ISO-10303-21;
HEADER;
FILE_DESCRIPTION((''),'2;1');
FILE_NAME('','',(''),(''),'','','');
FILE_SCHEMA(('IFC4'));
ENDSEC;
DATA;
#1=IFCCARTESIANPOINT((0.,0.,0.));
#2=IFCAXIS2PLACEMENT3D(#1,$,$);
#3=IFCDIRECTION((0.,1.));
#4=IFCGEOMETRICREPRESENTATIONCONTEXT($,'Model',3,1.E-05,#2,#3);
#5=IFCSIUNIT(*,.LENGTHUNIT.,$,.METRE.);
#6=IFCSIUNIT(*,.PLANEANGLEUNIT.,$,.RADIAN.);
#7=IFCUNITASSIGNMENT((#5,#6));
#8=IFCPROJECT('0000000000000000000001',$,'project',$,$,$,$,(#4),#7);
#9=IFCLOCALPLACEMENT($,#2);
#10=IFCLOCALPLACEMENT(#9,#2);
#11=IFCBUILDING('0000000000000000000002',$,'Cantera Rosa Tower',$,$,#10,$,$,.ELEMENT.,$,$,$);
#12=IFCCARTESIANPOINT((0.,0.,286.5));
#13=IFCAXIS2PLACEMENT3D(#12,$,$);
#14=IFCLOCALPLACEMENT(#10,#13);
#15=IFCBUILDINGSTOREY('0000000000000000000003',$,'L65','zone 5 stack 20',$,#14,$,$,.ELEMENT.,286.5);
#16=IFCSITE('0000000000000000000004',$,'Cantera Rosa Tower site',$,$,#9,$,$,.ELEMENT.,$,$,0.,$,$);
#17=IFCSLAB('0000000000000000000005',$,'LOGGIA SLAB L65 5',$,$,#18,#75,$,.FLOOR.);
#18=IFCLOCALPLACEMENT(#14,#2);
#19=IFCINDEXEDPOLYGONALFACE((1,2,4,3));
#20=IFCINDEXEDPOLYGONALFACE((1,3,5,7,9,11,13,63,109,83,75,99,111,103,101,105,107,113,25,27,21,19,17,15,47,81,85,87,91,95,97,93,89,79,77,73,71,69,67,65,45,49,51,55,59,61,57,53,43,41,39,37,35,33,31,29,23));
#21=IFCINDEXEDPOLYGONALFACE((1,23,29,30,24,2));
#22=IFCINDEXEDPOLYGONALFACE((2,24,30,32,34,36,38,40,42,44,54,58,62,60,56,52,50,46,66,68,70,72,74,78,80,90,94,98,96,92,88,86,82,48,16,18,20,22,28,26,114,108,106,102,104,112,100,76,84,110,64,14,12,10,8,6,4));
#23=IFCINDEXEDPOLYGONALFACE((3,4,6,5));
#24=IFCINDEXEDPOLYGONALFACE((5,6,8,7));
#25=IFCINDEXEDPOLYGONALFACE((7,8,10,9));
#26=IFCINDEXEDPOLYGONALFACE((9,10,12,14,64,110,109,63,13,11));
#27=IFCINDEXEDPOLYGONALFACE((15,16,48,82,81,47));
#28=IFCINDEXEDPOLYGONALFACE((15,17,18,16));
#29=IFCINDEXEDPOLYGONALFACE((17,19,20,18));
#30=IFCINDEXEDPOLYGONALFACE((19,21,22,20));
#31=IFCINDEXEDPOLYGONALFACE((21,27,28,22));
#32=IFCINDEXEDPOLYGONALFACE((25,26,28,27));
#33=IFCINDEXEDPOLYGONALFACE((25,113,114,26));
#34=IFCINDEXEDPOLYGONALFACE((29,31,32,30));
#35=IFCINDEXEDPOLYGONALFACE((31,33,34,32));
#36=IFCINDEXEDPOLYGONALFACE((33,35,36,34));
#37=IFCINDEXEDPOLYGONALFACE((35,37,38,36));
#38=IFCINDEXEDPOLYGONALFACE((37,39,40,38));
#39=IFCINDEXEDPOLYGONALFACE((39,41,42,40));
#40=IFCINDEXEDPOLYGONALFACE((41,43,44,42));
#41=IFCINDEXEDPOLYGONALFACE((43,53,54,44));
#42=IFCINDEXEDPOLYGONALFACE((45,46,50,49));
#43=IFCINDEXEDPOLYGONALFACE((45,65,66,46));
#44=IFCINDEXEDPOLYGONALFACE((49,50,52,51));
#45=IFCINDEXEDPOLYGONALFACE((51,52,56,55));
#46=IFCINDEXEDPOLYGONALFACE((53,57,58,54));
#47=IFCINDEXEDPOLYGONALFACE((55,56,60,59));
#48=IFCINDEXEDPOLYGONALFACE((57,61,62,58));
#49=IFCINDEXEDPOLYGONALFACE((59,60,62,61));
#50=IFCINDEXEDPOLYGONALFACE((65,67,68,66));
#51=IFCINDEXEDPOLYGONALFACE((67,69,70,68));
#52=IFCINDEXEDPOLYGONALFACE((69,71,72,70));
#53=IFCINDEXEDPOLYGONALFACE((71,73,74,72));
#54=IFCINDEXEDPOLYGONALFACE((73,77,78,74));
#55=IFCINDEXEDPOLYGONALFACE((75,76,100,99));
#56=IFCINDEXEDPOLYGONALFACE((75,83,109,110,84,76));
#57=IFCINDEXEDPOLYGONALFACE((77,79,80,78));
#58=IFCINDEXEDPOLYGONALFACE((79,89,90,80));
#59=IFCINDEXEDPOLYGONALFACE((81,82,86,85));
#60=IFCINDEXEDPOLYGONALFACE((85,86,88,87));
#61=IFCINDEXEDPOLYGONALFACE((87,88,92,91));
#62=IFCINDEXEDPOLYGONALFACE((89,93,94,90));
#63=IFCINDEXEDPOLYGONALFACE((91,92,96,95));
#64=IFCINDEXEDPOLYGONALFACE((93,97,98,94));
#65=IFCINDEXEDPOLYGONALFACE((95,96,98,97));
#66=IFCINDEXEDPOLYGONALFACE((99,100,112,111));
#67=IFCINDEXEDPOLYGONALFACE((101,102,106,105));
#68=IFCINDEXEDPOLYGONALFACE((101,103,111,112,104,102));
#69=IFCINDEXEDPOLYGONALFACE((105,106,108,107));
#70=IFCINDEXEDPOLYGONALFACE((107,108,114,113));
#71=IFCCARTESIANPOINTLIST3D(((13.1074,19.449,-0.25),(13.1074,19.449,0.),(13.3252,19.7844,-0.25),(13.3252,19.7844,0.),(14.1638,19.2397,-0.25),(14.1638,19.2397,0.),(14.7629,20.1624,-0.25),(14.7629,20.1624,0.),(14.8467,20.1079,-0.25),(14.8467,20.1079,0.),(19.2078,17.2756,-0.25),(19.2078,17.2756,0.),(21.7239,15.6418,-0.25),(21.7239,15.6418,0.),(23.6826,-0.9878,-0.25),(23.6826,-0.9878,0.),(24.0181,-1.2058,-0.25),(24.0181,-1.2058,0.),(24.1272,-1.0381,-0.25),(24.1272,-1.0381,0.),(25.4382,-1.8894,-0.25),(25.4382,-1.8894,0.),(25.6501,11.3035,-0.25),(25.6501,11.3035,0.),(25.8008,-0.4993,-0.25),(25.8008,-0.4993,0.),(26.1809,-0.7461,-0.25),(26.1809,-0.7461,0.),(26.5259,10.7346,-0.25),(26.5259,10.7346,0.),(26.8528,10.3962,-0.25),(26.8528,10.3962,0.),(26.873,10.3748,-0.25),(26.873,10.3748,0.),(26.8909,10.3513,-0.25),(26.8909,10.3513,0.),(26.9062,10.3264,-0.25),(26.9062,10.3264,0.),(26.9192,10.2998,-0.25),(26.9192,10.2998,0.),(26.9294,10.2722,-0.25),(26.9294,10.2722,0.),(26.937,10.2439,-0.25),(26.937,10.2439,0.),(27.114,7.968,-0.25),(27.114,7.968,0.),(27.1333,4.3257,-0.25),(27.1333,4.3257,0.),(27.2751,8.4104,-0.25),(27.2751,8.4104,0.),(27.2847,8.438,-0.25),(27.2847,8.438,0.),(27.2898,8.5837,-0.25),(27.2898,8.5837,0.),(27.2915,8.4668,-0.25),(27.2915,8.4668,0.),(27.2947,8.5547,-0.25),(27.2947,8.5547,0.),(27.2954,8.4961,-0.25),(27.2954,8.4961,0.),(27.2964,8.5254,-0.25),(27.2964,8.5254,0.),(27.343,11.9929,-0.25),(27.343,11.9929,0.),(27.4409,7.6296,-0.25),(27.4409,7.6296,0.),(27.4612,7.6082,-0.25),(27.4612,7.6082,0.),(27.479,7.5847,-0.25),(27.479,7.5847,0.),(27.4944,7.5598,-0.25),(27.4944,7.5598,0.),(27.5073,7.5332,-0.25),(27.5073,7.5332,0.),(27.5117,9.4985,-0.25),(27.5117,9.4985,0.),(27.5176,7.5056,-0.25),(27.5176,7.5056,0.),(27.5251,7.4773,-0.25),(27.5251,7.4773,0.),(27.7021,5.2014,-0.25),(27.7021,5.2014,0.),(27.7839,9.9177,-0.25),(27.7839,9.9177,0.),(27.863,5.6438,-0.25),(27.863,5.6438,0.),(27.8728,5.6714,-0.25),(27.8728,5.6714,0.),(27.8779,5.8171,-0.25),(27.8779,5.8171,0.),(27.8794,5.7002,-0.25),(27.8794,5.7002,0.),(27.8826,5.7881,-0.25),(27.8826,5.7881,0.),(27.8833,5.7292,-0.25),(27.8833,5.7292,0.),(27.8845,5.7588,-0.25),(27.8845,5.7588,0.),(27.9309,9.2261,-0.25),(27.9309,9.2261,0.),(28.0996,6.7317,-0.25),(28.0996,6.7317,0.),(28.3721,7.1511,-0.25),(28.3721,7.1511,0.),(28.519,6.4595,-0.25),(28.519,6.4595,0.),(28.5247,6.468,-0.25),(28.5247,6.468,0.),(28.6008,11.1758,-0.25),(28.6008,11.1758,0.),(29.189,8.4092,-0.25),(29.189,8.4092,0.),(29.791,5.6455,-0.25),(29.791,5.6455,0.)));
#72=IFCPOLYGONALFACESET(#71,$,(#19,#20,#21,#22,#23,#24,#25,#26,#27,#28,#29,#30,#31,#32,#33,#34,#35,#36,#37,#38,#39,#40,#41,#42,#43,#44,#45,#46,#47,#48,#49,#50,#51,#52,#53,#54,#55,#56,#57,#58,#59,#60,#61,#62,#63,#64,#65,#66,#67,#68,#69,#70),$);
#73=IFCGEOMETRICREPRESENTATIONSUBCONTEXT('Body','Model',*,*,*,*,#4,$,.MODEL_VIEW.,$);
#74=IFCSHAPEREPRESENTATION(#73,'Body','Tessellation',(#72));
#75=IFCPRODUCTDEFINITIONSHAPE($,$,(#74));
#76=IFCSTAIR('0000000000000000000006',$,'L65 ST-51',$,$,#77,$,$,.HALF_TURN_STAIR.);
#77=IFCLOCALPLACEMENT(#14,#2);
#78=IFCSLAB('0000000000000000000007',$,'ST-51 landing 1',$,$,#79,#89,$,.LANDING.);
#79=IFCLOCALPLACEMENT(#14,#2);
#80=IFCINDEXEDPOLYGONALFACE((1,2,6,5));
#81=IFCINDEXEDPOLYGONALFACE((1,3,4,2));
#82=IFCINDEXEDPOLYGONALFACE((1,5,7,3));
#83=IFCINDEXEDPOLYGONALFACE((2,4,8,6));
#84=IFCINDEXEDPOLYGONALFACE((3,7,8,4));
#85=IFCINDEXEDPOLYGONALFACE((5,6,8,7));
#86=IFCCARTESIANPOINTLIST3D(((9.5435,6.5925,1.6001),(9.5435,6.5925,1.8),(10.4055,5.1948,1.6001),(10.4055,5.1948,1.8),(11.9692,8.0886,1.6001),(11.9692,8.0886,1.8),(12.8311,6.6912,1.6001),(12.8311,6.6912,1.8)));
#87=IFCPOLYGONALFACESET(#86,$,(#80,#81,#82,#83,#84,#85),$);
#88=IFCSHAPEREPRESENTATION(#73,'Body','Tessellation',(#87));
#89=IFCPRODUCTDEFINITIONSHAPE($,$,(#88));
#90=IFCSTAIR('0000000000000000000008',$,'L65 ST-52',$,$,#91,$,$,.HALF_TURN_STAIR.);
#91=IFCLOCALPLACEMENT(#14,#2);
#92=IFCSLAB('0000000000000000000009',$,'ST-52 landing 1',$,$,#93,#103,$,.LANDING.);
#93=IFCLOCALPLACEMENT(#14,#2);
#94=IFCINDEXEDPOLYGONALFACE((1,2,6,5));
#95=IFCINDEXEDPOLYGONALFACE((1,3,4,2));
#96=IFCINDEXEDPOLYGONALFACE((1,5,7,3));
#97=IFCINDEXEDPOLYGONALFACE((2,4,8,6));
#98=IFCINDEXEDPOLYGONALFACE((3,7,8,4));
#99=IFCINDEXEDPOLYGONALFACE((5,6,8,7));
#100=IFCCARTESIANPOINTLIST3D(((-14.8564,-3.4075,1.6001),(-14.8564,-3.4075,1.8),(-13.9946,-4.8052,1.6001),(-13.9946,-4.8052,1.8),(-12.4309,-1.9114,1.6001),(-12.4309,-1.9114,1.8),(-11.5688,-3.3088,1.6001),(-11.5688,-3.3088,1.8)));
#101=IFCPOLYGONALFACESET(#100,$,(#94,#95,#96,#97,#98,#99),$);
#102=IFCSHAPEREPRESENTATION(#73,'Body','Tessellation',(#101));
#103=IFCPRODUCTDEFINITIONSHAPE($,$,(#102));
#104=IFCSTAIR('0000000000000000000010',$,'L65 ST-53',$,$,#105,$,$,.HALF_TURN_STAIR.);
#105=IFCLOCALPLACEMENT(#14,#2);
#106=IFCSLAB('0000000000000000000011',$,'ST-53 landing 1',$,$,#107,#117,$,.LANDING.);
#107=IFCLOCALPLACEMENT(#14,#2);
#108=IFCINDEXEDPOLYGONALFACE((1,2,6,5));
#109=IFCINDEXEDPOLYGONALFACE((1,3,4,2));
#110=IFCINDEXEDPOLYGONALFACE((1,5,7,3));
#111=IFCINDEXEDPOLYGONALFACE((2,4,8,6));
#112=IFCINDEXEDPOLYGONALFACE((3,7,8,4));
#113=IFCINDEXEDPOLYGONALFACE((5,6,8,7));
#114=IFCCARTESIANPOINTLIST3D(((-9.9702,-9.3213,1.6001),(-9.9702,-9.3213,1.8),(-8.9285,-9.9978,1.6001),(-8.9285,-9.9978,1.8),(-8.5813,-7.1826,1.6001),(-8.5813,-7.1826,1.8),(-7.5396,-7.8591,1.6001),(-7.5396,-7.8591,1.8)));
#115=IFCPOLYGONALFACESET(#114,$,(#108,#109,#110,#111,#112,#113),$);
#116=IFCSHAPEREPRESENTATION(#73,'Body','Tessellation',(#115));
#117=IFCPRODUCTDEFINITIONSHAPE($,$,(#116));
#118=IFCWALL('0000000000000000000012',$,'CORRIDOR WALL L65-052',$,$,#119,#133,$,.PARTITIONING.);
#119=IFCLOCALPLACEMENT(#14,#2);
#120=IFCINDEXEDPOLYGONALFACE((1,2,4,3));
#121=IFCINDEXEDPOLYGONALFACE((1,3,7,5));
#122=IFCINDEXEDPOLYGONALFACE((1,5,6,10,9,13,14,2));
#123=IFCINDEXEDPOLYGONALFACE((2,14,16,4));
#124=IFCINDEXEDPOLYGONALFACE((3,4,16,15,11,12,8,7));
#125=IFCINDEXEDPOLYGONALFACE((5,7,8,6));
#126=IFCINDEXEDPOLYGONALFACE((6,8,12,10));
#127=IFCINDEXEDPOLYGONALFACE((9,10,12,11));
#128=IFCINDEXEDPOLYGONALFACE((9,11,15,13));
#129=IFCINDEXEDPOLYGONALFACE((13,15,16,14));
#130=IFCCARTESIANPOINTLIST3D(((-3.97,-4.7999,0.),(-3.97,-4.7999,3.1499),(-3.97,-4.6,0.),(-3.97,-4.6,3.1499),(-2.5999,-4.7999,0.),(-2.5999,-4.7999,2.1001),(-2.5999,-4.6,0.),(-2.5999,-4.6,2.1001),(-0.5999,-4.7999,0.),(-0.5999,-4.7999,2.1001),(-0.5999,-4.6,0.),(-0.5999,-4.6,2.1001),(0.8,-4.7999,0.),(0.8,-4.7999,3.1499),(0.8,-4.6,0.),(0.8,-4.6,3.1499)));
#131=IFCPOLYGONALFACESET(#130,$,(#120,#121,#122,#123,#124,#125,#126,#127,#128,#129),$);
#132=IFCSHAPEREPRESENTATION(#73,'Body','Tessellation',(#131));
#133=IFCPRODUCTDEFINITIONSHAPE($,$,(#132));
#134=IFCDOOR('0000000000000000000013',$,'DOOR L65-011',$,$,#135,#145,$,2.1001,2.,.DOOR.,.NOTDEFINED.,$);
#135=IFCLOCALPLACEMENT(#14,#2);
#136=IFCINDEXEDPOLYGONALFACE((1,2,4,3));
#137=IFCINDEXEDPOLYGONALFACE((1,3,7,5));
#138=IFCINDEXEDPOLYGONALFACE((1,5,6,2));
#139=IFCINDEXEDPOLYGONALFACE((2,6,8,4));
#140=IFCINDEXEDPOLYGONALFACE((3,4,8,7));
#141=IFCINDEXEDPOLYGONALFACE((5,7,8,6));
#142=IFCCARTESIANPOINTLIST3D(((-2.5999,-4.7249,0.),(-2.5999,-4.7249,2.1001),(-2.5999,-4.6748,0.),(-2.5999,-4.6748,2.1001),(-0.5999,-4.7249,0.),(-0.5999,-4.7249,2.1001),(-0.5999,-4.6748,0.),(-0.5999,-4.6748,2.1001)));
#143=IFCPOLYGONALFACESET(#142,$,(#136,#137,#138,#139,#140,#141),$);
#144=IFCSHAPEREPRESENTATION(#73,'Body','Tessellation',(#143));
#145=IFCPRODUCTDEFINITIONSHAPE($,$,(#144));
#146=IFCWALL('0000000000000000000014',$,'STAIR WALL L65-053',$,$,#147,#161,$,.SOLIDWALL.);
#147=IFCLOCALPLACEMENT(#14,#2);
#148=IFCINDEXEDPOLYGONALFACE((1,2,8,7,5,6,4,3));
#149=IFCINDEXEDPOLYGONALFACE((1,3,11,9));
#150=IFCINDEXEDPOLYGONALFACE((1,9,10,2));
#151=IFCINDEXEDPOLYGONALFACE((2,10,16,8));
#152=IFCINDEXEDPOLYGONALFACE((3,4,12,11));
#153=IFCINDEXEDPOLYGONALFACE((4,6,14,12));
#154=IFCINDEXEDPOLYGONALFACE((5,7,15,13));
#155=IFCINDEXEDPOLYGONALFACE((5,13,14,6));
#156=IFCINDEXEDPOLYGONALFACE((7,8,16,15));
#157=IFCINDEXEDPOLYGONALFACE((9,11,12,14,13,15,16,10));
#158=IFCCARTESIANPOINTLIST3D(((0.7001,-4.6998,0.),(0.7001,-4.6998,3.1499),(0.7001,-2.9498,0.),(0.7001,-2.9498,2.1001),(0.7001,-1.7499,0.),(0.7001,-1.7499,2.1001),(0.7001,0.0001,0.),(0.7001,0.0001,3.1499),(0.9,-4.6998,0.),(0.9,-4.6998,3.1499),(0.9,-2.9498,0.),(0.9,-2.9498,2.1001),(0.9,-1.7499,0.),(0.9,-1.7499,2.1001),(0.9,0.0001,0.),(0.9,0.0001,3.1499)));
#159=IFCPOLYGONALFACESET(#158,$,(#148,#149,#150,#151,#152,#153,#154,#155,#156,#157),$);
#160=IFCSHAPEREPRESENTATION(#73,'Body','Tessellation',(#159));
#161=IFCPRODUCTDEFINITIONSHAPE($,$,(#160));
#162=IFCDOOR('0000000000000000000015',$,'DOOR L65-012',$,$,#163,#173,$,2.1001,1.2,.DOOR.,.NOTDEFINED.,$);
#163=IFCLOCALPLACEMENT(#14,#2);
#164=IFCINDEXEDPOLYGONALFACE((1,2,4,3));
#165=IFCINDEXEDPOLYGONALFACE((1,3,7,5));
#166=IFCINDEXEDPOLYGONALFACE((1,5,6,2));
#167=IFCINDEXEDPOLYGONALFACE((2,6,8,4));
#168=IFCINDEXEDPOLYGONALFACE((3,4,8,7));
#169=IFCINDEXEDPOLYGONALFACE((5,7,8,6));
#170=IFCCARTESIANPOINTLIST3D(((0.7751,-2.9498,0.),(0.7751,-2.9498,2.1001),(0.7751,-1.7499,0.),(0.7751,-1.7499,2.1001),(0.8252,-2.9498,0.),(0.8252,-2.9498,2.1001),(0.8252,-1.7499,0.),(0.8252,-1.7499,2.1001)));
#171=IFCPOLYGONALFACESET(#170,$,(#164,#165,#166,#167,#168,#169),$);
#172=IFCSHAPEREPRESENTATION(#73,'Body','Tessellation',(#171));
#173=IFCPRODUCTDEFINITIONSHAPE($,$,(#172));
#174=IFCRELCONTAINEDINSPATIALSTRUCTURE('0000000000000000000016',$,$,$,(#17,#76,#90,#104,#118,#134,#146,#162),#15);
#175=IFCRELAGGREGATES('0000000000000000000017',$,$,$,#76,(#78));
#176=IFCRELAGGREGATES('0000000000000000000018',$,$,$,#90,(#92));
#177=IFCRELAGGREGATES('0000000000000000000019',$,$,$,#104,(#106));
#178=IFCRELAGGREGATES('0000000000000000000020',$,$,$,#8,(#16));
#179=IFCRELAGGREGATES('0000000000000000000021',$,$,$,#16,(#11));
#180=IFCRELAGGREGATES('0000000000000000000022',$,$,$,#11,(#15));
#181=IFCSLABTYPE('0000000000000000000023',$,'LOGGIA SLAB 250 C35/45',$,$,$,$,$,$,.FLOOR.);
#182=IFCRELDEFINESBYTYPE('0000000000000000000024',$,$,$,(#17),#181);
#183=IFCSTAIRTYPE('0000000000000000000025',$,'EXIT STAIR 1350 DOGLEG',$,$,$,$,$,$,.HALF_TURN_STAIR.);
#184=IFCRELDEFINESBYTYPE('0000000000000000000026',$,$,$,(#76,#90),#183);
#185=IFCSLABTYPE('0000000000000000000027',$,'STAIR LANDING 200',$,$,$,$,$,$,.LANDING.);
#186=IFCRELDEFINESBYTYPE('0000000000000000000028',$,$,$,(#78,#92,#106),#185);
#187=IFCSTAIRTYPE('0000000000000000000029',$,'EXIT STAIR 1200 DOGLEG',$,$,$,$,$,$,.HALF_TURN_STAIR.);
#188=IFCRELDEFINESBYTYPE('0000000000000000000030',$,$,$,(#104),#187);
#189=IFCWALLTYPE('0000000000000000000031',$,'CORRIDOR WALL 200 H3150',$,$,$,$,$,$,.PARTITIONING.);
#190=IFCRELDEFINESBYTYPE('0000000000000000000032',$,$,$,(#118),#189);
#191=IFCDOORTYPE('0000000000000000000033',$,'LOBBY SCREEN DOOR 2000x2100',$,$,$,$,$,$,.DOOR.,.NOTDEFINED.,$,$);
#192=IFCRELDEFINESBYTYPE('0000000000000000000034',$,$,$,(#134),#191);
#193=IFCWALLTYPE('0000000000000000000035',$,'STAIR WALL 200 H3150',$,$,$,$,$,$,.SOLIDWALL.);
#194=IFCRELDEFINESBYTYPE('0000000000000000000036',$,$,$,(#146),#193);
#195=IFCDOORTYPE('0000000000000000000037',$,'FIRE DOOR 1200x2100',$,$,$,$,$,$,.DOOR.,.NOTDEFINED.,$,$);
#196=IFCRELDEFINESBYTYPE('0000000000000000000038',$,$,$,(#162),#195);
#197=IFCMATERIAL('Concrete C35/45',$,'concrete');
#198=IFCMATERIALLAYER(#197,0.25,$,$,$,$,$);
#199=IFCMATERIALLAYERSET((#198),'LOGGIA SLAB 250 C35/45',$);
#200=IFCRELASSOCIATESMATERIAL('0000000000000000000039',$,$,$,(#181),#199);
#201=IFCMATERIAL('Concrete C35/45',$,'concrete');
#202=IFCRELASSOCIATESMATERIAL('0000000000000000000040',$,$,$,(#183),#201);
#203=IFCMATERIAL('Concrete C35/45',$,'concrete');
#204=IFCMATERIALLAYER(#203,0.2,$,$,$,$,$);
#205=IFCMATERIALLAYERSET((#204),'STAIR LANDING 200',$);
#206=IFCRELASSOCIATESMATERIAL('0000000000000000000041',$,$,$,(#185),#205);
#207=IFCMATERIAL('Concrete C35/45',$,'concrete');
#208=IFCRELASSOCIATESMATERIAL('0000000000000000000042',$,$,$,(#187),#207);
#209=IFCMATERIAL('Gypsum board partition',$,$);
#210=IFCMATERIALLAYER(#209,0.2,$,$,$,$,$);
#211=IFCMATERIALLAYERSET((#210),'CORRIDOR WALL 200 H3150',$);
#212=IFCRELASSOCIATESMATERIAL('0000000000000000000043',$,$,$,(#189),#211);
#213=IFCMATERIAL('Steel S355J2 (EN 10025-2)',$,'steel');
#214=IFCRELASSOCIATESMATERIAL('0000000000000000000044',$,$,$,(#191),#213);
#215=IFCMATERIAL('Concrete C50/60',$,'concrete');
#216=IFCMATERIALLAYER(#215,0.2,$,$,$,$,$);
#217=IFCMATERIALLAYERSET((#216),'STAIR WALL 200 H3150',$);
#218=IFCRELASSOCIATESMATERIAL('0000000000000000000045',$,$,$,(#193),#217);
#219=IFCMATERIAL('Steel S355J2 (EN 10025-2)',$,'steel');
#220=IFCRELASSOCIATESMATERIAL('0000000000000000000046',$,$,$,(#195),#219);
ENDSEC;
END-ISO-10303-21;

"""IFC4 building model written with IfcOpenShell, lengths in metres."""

from ifc_helpers import new_model, si_unit, direction, frame, frame_2d, origin, place, context, subcontext, project, spatial, polyline, rectangle, outline, extrude, material, layer, layer_set, type_object, element, fill, aggregate, save


model = new_model("IFC4")

# Units and contexts
model_context = context("Model", 3, precision=1e-05, world=origin(), true_north=direction((0.0, 1.0)))
body_context = subcontext(model_context, "Body", "Model", "MODEL_VIEW")
ifc_project = project(units=[si_unit("LENGTHUNIT", "METRE"), si_unit("PLANEANGLEUNIT", "RADIAN")], contexts=[model_context])

# Site, building, storey
site_placement = place(None, origin())
site = spatial("IfcSite", under=ifc_project, at=site_placement, Name="Cantera Rosa Tower site", CompositionType="ELEMENT", RefElevation=0.0)
building_placement = place(site_placement, origin())
building = spatial("IfcBuilding", under=site, at=building_placement, Name="Cantera Rosa Tower", CompositionType="ELEMENT")
storey_placement = place(building_placement, frame((0.0, 0.0, 286.5)))
storey = spatial("IfcBuildingStorey", under=building, at=storey_placement, Name="L65", Description="zone 5 stack 20", CompositionType="ELEMENT", Elevation=286.5)

# Slab
ifc_material_1 = material(Name="Concrete C35/45", Category="concrete")
ifc_layer_1 = layer(ifc_material_1, 0.25)
ifc_layer_set_1 = layer_set([ifc_layer_1], Name="LOGGIA SLAB 250 C35/45")
slab_type_1 = type_object("IfcSlabType", Name="LOGGIA SLAB 250 C35/45", PredefinedType="FLOOR", material=ifc_layer_set_1)
slab_1_placement = place(storey_placement, frame((0.0, 0.0, -0.25)))
element("IfcSlab", 1, at=slab_1_placement, inside=storey, type_object=slab_type_1, Name="LOGGIA SLAB L65 5", PredefinedType="FLOOR", context=body_context, shape_type="SweptSolid", body=[
    extrude(outline(polyline([(21.7239, 15.6418), (27.343, 11.9929), (28.6008, 11.1758), (27.7839, 9.9177), (27.5117, 9.4985), (27.9309, 9.2261), (29.189, 8.4092), (28.3721, 7.1511), (28.0996, 6.7317), (28.519, 6.4595), (28.5247, 6.468), (29.791, 5.6455), (25.8008, -0.4993), (26.1809, -0.7461), (25.4382, -1.8894), (24.1272, -1.0381), (24.0181, -1.2058), (23.6826, -0.9878), (27.1333, 4.3257), (27.7021, 5.2014), (27.863, 5.6438), (27.8728, 5.6714), (27.8794, 5.7002), (27.8833, 5.7292), (27.8845, 5.7588), (27.8826, 5.7881), (27.8779, 5.8171), (27.5251, 7.4773), (27.5176, 7.5056), (27.5073, 7.5332), (27.4944, 7.5598), (27.479, 7.5847), (27.4612, 7.6082), (27.4409, 7.6296), (27.114, 7.968), (27.2751, 8.4104), (27.2847, 8.438), (27.2915, 8.4668), (27.2954, 8.4961), (27.2964, 8.5254), (27.2947, 8.5547), (27.2898, 8.5837), (26.937, 10.2439), (26.9294, 10.2722), (26.9192, 10.2998), (26.9062, 10.3264), (26.8909, 10.3513), (26.873, 10.3748), (26.8528, 10.3962), (26.5259, 10.7346), (25.6501, 11.3035), (13.1074, 19.449), (13.3252, 19.7844), (14.1638, 19.2397), (14.7629, 20.1624), (14.8467, 20.1079), (19.2078, 17.2756), (21.7239, 15.6418)])), origin(), (0.0, 0.0, 1.0), 0.25),
])

# Stairs, slabs
ifc_material_2 = material(Name="Concrete C35/45", Category="concrete")
stair_type_1 = type_object("IfcStairType", Name="EXIT STAIR 1350 DOGLEG", PredefinedType="HALF_TURN_STAIR", material=ifc_material_2)
stair_1_placement = place(storey_placement, origin())
stair_1 = element("IfcStair", 2, at=stair_1_placement, inside=storey, type_object=stair_type_1, Name="L65 ST-51", PredefinedType="HALF_TURN_STAIR")
ifc_material_3 = material(Name="Concrete C35/45", Category="concrete")
ifc_layer_2 = layer(ifc_material_3, 0.2)
ifc_layer_set_2 = layer_set([ifc_layer_2], Name="STAIR LANDING 200")
slab_type_2 = type_object("IfcSlabType", Name="STAIR LANDING 200", PredefinedType="LANDING", material=ifc_layer_set_2)
slab_2_placement = place(storey_placement, frame((0.0, 0.0, 1.6001)))
slab_2 = element("IfcSlab", 3, at=slab_2_placement, type_object=slab_type_2, Name="ST-51 landing 1", PredefinedType="LANDING", context=body_context, shape_type="SweptSolid", body=[
    extrude(outline(polyline([(12.8311, 6.6912), (11.9692, 8.0886), (9.5435, 6.5925), (10.4055, 5.1948), (12.8311, 6.6912)])), origin(), (0.0, 0.0, 1.0), 0.2),
])
aggregate(stair_1, [slab_2])
stair_2_placement = place(storey_placement, origin())
stair_2 = element("IfcStair", 4, at=stair_2_placement, inside=storey, type_object=stair_type_1, Name="L65 ST-52", PredefinedType="HALF_TURN_STAIR")
slab_3_placement = place(storey_placement, frame((0.0, 0.0, 1.6001)))
slab_3 = element("IfcSlab", 5, at=slab_3_placement, type_object=slab_type_2, Name="ST-52 landing 1", PredefinedType="LANDING", context=body_context, shape_type="SweptSolid", body=[
    extrude(outline(polyline([(-11.5688, -3.3088), (-12.4309, -1.9114), (-14.8564, -3.4075), (-13.9946, -4.8052), (-11.5688, -3.3088)])), origin(), (0.0, 0.0, 1.0), 0.2),
])
aggregate(stair_2, [slab_3])
ifc_material_4 = material(Name="Concrete C35/45", Category="concrete")
stair_type_2 = type_object("IfcStairType", Name="EXIT STAIR 1200 DOGLEG", PredefinedType="HALF_TURN_STAIR", material=ifc_material_4)
stair_3_placement = place(storey_placement, origin())
stair_3 = element("IfcStair", 6, at=stair_3_placement, inside=storey, type_object=stair_type_2, Name="L65 ST-53", PredefinedType="HALF_TURN_STAIR")
slab_4_placement = place(storey_placement, frame((0.0, 0.0, 1.6001)))
slab_4 = element("IfcSlab", 7, at=slab_4_placement, type_object=slab_type_2, Name="ST-53 landing 1", PredefinedType="LANDING", context=body_context, shape_type="SweptSolid", body=[
    extrude(outline(polyline([(-7.5396, -7.8591), (-8.5813, -7.1826), (-9.9702, -9.3213), (-8.9285, -9.9978), (-7.5396, -7.8591)])), origin(), (0.0, 0.0, 1.0), 0.2),
])
aggregate(stair_3, [slab_4])

# Walls, openings, doors
ifc_material_5 = material(Name="Gypsum board partition")
ifc_layer_3 = layer(ifc_material_5, 0.2)
ifc_layer_set_3 = layer_set([ifc_layer_3], Name="CORRIDOR WALL 200 H3150")
wall_type_1 = type_object("IfcWallType", Name="CORRIDOR WALL 200 H3150", PredefinedType="PARTITIONING", material=ifc_layer_set_3)
wall_1_placement = place(storey_placement, frame((0.8, -4.7, 0.0), z_axis=(0.0, 0.0, 1.0), x_axis=(-1.0, 0.0, 0.0)))
wall_1 = element("IfcWall", 8, at=wall_1_placement, inside=storey, type_object=wall_type_1, Name="CORRIDOR WALL L65-052", PredefinedType="PARTITIONING", context=body_context, shape_type="SweptSolid", body=[
    extrude(rectangle(XDim=4.77, YDim=0.2, at=frame_2d((2.385, 0.0))), origin(), (0.0, 0.0, 1.0), 3.1499),
])
opening_1_placement = place(wall_1_placement, frame((1.3999, 0.0, 0.0)))
opening_1 = element("IfcOpeningElement", 9, at=opening_1_placement, cuts=wall_1, PredefinedType="OPENING", context=body_context, shape_type="SweptSolid", body=[
    extrude(rectangle(XDim=2.0, YDim=2.1001, at=frame_2d((1.0, 1.05))), frame((0.0, 0.1099, 0.0), z_axis=(0.0, -1.0, 0.0), x_axis=(1.0, 0.0, 0.0)), (0.0, 0.0, 1.0), 0.22),
])
ifc_material_6 = material(Name="Steel S355J2 (EN 10025-2)", Category="steel")
door_type_1 = type_object("IfcDoorType", Name="LOBBY SCREEN DOOR 2000x2100", OperationType="NOTDEFINED", PredefinedType="DOOR", material=ifc_material_6)
door_1_placement = place(opening_1_placement, origin())
door_1 = element("IfcDoor", 10, at=door_1_placement, inside=storey, type_object=door_type_1, Name="DOOR L65-011", OperationType="NOTDEFINED", OverallHeight=2.1001, OverallWidth=2.0, PredefinedType="DOOR", context=body_context, shape_type="SweptSolid", body=[
    extrude(rectangle(XDim=2.0, YDim=2.1001, at=frame_2d((1.0, 1.05))), frame((0.0, 0.0249, 0.0), z_axis=(0.0, -1.0, 0.0), x_axis=(1.0, 0.0, 0.0)), (0.0, 0.0, 1.0), 0.05),
])
fill(opening_1, door_1)
ifc_material_7 = material(Name="Concrete C50/60", Category="concrete")
ifc_layer_4 = layer(ifc_material_7, 0.2)
ifc_layer_set_4 = layer_set([ifc_layer_4], Name="STAIR WALL 200 H3150")
wall_type_2 = type_object("IfcWallType", Name="STAIR WALL 200 H3150", PredefinedType="SOLIDWALL", material=ifc_layer_set_4)
wall_2_placement = place(storey_placement, frame((0.8, -4.7, 0.0), z_axis=(0.0, 0.0, 1.0), x_axis=(0.0, 1.0, 0.0)))
wall_2 = element("IfcWall", 11, at=wall_2_placement, inside=storey, type_object=wall_type_2, Name="STAIR WALL L65-053", PredefinedType="SOLIDWALL", context=body_context, shape_type="SweptSolid", body=[
    extrude(rectangle(XDim=4.7, YDim=0.2, at=frame_2d((2.3501, 0.0))), origin(), (0.0, 0.0, 1.0), 3.1499),
])
opening_2_placement = place(wall_2_placement, frame((1.75, 0.0, 0.0)))
opening_2 = element("IfcOpeningElement", 12, at=opening_2_placement, cuts=wall_2, PredefinedType="OPENING", context=body_context, shape_type="SweptSolid", body=[
    extrude(rectangle(XDim=1.2, YDim=2.1001, at=frame_2d((0.6001, 1.05))), frame((0.0, 0.1099, 0.0), z_axis=(0.0, -1.0, 0.0), x_axis=(1.0, 0.0, 0.0)), (0.0, 0.0, 1.0), 0.22),
])
ifc_material_8 = material(Name="Steel S355J2 (EN 10025-2)", Category="steel")
door_type_2 = type_object("IfcDoorType", Name="FIRE DOOR 1200x2100", OperationType="NOTDEFINED", PredefinedType="DOOR", material=ifc_material_8)
door_2_placement = place(opening_2_placement, origin())
door_2 = element("IfcDoor", 13, at=door_2_placement, inside=storey, type_object=door_type_2, Name="DOOR L65-012", OperationType="NOTDEFINED", OverallHeight=2.1001, OverallWidth=1.2, PredefinedType="DOOR", context=body_context, shape_type="SweptSolid", body=[
    extrude(rectangle(XDim=1.2, YDim=2.1001, at=frame_2d((0.6001, 1.05))), frame((0.0, 0.0249, 0.0), z_axis=(0.0, -1.0, 0.0), x_axis=(1.0, 0.0, 0.0)), (0.0, 0.0, 1.0), 0.05),
])
fill(opening_2, door_2)

save(model, "model.ifc")
